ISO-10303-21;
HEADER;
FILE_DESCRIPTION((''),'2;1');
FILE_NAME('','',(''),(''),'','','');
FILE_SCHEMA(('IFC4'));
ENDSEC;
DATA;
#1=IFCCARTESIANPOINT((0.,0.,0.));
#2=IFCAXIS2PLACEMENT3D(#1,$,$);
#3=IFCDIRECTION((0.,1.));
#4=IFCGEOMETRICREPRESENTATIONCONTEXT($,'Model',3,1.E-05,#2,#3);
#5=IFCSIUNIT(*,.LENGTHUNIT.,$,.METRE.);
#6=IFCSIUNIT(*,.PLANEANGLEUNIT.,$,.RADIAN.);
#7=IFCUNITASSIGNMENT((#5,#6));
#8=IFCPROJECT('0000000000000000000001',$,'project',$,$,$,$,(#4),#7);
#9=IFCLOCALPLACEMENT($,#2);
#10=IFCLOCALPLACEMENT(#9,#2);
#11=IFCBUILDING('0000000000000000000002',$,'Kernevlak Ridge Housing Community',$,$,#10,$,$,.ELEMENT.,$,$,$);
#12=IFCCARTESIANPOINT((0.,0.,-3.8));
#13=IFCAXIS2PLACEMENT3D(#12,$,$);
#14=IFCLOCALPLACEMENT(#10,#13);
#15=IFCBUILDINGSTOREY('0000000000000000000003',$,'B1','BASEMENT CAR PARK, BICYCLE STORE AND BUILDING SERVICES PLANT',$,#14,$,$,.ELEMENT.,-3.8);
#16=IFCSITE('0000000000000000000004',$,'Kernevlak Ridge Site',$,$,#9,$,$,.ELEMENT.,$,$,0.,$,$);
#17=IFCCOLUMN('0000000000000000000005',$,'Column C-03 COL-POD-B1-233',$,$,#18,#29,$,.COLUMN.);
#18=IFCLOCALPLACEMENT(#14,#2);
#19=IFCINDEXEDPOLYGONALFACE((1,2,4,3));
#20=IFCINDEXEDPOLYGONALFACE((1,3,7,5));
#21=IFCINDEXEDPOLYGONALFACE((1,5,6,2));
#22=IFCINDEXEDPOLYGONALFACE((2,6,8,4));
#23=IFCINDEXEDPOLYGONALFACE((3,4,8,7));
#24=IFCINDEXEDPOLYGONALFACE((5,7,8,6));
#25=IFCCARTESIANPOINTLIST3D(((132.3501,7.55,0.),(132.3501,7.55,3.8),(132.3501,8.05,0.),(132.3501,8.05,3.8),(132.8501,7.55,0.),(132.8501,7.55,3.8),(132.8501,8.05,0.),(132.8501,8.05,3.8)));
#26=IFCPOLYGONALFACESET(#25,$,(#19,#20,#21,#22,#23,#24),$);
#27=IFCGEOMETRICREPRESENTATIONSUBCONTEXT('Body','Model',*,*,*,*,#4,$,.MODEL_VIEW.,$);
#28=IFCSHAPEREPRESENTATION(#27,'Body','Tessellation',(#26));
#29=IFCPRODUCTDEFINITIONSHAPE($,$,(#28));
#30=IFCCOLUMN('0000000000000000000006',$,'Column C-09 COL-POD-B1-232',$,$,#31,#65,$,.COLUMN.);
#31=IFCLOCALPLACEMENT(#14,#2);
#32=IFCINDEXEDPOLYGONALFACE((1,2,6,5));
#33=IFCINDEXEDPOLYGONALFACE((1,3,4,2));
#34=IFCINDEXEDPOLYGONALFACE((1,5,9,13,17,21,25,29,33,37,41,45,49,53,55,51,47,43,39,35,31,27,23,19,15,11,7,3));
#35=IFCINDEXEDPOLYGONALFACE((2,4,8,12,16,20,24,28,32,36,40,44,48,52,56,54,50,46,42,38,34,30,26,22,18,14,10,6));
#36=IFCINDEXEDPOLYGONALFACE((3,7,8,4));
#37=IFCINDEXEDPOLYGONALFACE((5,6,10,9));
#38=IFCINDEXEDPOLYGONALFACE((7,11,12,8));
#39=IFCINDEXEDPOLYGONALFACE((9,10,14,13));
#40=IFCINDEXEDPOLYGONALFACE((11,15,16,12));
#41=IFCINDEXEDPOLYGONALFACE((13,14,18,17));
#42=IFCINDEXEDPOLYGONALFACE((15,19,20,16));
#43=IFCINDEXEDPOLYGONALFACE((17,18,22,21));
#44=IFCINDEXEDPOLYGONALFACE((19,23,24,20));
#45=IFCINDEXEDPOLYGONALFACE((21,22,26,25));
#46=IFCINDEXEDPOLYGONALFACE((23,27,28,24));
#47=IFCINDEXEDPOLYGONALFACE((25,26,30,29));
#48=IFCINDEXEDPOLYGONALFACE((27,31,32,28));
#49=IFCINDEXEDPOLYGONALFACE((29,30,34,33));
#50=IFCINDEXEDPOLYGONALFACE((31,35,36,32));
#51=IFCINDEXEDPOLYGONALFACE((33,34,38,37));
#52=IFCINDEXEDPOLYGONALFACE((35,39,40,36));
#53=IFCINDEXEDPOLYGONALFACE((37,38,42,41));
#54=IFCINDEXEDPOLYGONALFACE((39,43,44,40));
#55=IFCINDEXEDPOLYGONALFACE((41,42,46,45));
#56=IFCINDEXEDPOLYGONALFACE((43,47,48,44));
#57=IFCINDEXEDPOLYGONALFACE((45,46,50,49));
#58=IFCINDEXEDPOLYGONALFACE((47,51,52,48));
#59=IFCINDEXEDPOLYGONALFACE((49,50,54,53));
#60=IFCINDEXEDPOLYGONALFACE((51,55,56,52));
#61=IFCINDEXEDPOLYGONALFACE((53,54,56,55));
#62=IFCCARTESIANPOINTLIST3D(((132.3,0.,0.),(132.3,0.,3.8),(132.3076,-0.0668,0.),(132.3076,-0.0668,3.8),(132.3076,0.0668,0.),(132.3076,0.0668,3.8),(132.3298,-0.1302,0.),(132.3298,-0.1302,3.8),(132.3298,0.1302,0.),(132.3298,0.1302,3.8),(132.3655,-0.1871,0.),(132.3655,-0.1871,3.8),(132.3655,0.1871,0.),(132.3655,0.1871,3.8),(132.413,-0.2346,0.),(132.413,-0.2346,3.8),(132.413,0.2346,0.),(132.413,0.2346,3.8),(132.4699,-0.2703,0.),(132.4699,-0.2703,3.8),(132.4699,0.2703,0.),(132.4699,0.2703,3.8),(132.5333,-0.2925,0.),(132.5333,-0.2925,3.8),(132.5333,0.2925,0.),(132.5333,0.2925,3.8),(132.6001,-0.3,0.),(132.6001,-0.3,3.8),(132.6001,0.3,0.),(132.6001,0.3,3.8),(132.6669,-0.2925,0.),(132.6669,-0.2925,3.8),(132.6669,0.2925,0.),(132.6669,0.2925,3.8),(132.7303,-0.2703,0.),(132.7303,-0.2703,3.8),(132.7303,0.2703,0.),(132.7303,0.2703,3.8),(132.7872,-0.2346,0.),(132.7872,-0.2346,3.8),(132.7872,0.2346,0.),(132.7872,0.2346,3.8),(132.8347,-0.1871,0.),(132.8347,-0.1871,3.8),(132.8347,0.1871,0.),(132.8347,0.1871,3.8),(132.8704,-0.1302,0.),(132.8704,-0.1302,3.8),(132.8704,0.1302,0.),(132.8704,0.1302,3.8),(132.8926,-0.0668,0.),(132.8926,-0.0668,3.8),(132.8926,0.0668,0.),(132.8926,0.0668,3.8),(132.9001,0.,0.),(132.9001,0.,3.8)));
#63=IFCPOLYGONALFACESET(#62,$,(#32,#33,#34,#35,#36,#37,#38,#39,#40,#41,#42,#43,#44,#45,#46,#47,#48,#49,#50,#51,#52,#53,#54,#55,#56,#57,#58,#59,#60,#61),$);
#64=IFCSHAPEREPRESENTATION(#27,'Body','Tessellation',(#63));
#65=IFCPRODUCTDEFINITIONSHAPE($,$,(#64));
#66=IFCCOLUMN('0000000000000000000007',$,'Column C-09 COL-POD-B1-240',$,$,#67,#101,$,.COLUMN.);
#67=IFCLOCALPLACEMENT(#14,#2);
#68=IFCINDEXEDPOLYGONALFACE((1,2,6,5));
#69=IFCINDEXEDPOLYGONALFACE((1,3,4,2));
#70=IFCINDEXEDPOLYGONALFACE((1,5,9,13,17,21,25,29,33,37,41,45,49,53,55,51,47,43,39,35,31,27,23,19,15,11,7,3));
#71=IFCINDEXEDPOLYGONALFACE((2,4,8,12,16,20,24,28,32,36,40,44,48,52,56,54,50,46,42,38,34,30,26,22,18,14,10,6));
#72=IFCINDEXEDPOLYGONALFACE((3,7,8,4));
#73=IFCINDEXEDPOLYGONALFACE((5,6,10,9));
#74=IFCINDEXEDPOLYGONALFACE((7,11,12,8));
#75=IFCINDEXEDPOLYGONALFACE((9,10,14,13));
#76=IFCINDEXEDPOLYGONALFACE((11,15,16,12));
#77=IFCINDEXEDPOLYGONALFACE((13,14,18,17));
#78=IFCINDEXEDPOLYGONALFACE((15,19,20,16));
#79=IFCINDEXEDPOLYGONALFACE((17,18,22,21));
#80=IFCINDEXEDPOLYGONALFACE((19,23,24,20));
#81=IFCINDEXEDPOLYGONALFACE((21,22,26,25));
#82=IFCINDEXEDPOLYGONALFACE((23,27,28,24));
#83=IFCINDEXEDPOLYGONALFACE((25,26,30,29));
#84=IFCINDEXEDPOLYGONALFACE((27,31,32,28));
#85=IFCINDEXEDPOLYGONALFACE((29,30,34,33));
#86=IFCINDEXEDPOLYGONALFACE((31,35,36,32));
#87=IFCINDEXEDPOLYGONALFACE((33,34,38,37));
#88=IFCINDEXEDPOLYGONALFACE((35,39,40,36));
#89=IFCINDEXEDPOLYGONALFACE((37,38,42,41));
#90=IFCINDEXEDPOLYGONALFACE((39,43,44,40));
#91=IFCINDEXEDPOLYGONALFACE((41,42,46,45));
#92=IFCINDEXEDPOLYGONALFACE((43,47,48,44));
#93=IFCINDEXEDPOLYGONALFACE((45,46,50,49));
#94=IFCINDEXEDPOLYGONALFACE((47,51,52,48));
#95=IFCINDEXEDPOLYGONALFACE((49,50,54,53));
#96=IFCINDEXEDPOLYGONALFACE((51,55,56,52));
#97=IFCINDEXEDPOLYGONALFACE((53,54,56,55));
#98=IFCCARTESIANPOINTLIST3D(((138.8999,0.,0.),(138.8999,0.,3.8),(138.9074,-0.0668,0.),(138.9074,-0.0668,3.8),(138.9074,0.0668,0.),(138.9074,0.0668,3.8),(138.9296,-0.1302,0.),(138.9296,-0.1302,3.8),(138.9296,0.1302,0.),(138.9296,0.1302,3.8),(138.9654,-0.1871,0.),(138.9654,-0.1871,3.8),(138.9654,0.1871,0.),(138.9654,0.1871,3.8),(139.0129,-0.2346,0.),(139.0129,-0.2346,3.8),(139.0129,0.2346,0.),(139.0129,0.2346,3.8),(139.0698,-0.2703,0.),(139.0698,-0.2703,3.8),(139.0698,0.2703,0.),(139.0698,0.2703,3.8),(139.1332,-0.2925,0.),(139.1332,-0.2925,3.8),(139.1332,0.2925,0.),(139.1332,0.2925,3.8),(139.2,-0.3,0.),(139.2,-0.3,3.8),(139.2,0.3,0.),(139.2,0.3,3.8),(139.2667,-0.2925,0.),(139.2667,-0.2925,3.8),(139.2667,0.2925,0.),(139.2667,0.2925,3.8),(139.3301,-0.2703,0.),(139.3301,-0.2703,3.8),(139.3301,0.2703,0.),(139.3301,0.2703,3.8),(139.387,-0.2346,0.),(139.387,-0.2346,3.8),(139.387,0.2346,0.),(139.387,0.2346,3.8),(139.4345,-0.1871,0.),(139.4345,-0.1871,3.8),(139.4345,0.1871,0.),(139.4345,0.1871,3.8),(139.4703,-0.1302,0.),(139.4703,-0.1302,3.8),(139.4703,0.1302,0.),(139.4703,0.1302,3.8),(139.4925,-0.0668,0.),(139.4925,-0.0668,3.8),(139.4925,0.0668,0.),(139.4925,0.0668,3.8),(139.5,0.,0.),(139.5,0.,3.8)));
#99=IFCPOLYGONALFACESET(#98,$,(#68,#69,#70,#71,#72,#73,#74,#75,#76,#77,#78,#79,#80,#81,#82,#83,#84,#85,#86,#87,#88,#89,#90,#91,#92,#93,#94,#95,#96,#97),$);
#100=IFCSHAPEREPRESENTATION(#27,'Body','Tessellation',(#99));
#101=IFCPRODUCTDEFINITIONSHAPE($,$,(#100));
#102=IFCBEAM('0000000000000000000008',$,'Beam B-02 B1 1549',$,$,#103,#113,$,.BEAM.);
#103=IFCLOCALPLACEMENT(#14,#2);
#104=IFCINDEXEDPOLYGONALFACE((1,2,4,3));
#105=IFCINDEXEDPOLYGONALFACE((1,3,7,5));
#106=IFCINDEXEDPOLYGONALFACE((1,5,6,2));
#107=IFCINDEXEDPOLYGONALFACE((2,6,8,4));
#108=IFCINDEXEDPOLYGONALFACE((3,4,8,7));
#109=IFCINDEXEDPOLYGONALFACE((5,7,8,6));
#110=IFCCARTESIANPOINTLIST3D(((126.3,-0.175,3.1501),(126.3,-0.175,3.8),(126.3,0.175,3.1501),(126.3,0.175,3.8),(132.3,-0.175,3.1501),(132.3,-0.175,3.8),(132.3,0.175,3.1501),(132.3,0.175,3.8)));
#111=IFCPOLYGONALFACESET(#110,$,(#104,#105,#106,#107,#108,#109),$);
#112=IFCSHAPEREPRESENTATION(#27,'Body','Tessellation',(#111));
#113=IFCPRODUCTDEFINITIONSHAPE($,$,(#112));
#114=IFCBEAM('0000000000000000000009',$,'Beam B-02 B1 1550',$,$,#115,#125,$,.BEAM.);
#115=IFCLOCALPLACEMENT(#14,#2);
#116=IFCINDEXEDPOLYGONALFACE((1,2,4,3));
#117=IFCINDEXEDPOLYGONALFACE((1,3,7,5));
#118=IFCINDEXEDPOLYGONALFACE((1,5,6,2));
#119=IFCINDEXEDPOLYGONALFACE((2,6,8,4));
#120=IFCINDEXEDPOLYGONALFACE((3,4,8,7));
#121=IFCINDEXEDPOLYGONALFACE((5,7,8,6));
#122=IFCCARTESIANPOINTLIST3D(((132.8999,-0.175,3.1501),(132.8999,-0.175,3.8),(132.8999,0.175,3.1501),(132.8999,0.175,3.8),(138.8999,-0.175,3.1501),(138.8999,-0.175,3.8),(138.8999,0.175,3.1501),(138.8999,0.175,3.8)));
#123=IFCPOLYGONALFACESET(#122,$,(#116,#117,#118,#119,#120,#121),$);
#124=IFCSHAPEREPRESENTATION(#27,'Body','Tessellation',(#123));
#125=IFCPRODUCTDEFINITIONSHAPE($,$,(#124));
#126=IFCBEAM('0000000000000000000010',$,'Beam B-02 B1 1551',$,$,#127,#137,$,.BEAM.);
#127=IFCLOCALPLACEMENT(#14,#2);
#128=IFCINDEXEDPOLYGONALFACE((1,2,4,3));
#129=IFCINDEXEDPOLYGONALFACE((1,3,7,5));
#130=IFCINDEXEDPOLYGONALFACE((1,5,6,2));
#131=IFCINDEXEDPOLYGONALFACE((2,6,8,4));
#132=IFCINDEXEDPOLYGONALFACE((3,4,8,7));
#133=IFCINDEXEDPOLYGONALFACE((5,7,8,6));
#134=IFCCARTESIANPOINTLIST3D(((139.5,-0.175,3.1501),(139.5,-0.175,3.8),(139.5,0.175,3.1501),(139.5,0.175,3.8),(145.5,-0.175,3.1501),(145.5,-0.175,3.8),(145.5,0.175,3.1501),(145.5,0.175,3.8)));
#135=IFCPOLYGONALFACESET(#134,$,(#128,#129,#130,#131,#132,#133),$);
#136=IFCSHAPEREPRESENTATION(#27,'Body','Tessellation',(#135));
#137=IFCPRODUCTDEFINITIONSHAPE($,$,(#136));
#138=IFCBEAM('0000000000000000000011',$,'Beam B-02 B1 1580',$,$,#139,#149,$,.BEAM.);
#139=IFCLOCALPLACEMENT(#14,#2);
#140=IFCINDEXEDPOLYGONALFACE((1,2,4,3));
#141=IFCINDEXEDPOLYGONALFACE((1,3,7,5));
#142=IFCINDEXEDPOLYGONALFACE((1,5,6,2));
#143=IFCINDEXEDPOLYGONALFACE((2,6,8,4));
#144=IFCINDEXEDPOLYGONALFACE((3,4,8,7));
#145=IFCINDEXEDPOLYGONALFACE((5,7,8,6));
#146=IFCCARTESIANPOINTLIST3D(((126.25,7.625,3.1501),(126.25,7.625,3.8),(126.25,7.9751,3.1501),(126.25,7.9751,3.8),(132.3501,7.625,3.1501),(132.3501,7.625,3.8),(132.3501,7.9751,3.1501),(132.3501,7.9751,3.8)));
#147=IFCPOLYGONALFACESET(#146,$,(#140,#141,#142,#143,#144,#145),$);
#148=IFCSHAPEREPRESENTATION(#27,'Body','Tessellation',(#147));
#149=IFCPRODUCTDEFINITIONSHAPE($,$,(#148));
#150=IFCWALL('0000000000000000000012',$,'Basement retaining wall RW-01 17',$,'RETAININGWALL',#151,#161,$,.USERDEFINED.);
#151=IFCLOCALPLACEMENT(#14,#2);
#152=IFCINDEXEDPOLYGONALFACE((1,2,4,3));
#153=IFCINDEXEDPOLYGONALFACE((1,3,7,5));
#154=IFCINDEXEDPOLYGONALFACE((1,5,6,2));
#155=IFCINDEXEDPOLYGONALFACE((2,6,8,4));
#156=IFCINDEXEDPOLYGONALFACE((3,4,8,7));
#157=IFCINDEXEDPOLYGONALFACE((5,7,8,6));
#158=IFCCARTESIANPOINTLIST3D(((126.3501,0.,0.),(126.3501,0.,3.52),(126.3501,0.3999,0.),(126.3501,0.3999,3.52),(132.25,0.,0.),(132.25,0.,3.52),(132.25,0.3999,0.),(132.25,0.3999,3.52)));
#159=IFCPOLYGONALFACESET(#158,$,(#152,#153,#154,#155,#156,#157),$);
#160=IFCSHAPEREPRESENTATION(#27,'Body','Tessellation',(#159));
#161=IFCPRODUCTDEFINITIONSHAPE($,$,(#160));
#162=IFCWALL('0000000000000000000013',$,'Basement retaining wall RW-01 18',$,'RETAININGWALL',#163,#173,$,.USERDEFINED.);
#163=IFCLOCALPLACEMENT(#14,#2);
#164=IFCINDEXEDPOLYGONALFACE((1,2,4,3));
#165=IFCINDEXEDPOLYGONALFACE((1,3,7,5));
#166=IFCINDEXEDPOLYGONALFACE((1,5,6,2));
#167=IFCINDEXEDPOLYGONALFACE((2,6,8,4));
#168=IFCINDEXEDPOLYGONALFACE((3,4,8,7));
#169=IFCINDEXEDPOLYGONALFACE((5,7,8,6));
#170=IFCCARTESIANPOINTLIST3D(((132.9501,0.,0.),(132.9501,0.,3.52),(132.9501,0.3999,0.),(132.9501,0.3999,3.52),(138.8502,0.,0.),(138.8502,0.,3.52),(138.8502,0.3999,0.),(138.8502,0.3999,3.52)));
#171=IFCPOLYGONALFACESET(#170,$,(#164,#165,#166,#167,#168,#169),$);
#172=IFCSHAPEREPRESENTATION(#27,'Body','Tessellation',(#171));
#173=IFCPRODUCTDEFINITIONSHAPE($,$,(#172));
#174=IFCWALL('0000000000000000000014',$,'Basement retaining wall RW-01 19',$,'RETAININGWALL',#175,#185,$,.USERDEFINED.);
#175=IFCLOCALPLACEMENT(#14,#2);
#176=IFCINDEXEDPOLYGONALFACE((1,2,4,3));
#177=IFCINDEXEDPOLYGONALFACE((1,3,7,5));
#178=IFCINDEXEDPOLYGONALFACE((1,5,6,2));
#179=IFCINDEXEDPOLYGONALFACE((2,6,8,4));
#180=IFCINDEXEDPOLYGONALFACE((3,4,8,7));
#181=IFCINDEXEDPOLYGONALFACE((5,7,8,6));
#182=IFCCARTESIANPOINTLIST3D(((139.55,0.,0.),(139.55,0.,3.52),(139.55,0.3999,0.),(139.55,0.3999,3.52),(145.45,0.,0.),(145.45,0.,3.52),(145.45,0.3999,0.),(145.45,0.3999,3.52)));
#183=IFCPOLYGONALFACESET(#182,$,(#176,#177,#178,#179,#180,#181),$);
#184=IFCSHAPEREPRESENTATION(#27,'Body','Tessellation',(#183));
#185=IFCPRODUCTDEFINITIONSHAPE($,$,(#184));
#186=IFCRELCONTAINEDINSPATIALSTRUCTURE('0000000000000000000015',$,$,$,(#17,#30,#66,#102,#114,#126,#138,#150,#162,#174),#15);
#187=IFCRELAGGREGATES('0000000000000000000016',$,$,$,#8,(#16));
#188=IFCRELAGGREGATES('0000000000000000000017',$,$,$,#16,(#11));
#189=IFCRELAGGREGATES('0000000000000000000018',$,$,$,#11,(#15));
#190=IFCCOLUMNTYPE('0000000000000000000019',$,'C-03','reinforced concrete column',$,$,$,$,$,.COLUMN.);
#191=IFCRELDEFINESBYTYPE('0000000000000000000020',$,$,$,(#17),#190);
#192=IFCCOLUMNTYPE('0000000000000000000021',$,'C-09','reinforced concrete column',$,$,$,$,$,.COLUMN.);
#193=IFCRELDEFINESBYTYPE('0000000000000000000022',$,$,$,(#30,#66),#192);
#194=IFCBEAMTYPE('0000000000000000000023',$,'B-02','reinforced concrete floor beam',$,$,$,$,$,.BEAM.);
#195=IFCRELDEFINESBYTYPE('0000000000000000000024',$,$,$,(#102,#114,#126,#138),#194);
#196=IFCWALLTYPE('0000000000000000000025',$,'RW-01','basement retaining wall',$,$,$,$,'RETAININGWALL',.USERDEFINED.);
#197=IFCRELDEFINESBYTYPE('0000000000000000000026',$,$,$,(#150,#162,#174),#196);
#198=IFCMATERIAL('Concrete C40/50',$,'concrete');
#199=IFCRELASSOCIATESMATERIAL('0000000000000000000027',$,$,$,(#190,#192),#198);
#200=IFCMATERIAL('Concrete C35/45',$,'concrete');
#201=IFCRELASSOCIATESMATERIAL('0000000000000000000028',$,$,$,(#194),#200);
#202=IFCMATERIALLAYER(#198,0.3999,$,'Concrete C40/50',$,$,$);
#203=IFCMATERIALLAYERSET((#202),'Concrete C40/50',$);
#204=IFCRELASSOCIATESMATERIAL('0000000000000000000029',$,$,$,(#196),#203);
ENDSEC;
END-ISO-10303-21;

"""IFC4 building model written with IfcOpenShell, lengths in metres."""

from ifc_helpers import new_model, si_unit, direction, frame, frame_2d, origin, origin_2d, place, context, subcontext, project, spatial, rectangle, circle, extrude, material, layer, layer_set, material_profile, profile_set, type_object, element, save


model = new_model("IFC4")

# Units and contexts
model_context = context("Model", 3, precision=1e-05, world=origin(), true_north=direction((0.0, 1.0)))
body_context = subcontext(model_context, "Body", "Model", "MODEL_VIEW")
ifc_project = project(units=[si_unit("LENGTHUNIT", "METRE"), si_unit("PLANEANGLEUNIT", "RADIAN")], contexts=[model_context])

# Site, building, storey
site_placement = place(None, origin())
site = spatial("IfcSite", under=ifc_project, at=site_placement, Name="Kernevlak Ridge Site", CompositionType="ELEMENT", RefElevation=0.0)
building_placement = place(site_placement, origin())
building = spatial("IfcBuilding", under=site, at=building_placement, Name="Kernevlak Ridge Housing Community", CompositionType="ELEMENT")
storey_placement = place(building_placement, frame((0.0, 0.0, -3.8)))
storey = spatial("IfcBuildingStorey", under=building, at=storey_placement, Name="B1", Description="BASEMENT CAR PARK, BICYCLE STORE AND BUILDING SERVICES PLANT", CompositionType="ELEMENT", Elevation=-3.8)

# Shared definitions
ifc_material_1 = material(Name="Concrete C35/45", Category="concrete")

# Columns
ifc_material_2 = material(Name="Concrete C40/50", Category="concrete")
ifc_material_profile_1 = material_profile(ifc_material_2, rectangle(XDim=0.5, YDim=0.5, at=origin_2d()), Name="RC 500x500")
ifc_profile_set_1 = profile_set([ifc_material_profile_1], Name="Concrete C40/50")
column_type_1 = type_object("IfcColumnType", Name="C-03", Description="reinforced concrete column", PredefinedType="COLUMN", material=ifc_profile_set_1)
column_placement = place(storey_placement, frame((132.6001, 7.8, 0.0), z_axis=(0.0, 0.0, 1.0), x_axis=(1.0, 0.0, 0.0)))
element("IfcColumn", 1, at=column_placement, inside=storey, type_object=column_type_1, Name="Column C-03 COL-POD-B1-233", PredefinedType="COLUMN", context=body_context, shape_type="SweptSolid", body=[
    extrude(rectangle(XDim=0.5, YDim=0.5, at=origin_2d()), origin(), (0.0, 0.0, 1.0), 3.8),
])
ifc_material_profile_2 = material_profile(ifc_material_2, circle(Radius=0.3, at=origin_2d()), Name="RC D600")
ifc_profile_set_2 = profile_set([ifc_material_profile_2], Name="Concrete C40/50")
column_type_2 = type_object("IfcColumnType", Name="C-09", Description="reinforced concrete column", PredefinedType="COLUMN", material=ifc_profile_set_2)
for number, where, z_axis, x_axis, name in (
    (2, (132.6001, 0.0, 0.0), (0.0, 0.0, 1.0), (1.0, 0.0, 0.0), "Column C-09 COL-POD-B1-232"),
    (3, (139.2, 0.0, 0.0), (0.0, 0.0, 1.0), (1.0, 0.0, 0.0), "Column C-09 COL-POD-B1-240"),
):
    element("IfcColumn", number, at=place(storey_placement, frame(where, z_axis=z_axis, x_axis=x_axis)), inside=storey, type_object=column_type_2, Name=name, PredefinedType="COLUMN", context=body_context, shape_type="SweptSolid", body=[
        extrude(circle(Radius=0.3, at=origin_2d()), origin(), (0.0, 0.0, 1.0), 3.8),
    ])

# Beams
ifc_material_profile_3 = material_profile(ifc_material_1, rectangle(XDim=0.3501, YDim=0.6499, at=origin_2d()), Name="RC 350x650")
ifc_profile_set_3 = profile_set([ifc_material_profile_3], Name="Concrete C35/45")
beam_type = type_object("IfcBeamType", Name="B-02", Description="reinforced concrete floor beam", PredefinedType="BEAM", material=ifc_profile_set_3)
for number, where, z_axis, x_axis, name in (
    (4, (126.3, 0.0, 3.4751), (1.0, 0.0, 0.0), (0.0, 1.0, 0.0), "Beam B-02 B1 1549"),
    (5, (132.8999, 0.0, 3.4751), (1.0, 0.0, 0.0), (0.0, 1.0, 0.0), "Beam B-02 B1 1550"),
    (6, (139.5, 0.0, 3.4751), (1.0, 0.0, 0.0), (0.0, 1.0, 0.0), "Beam B-02 B1 1551"),
):
    element("IfcBeam", number, at=place(storey_placement, frame(where, z_axis=z_axis, x_axis=x_axis)), inside=storey, type_object=beam_type, Name=name, PredefinedType="BEAM", context=body_context, shape_type="SweptSolid", body=[
        extrude(rectangle(XDim=0.3501, YDim=0.6499, at=origin_2d()), origin(), (0.0, 0.0, 1.0), 6.0),
    ])
beam_placement = place(storey_placement, frame((126.25, 7.8, 3.4751), z_axis=(1.0, 0.0, 0.0), x_axis=(0.0, 1.0, 0.0)))
element("IfcBeam", 7, at=beam_placement, inside=storey, type_object=beam_type, Name="Beam B-02 B1 1580", PredefinedType="BEAM", context=body_context, shape_type="SweptSolid", body=[
    extrude(rectangle(XDim=0.3501, YDim=0.6499, at=origin_2d()), origin(), (0.0, 0.0, 1.0), 6.1001),
])

# Walls
ifc_layer = layer(ifc_material_2, 0.3999, Name="Concrete C40/50")
ifc_layer_set = layer_set([ifc_layer], Name="Concrete C40/50")
wall_type = type_object("IfcWallType", Name="RW-01", Description="basement retaining wall", ElementType="RETAININGWALL", PredefinedType="USERDEFINED", material=ifc_layer_set)
wall_1_placement = place(storey_placement, frame((126.3501, 0.2, 0.0), z_axis=(0.0, 0.0, 1.0), x_axis=(1.0, 0.0, 0.0)))
element("IfcWall", 8, at=wall_1_placement, inside=storey, type_object=wall_type, Name="Basement retaining wall RW-01 17", ObjectType="RETAININGWALL", PredefinedType="USERDEFINED", context=body_context, shape_type="SweptSolid", body=[
    extrude(rectangle(XDim=5.8999, YDim=0.3999, at=frame_2d((2.95, 0.0))), origin(), (0.0, 0.0, 1.0), 3.52),
])
wall_2_placement = place(storey_placement, frame((132.95, 0.2, 0.0), z_axis=(0.0, 0.0, 1.0), x_axis=(1.0, 0.0, 0.0)))
element("IfcWall", 9, at=wall_2_placement, inside=storey, type_object=wall_type, Name="Basement retaining wall RW-01 18", ObjectType="RETAININGWALL", PredefinedType="USERDEFINED", context=body_context, shape_type="SweptSolid", body=[
    extrude(rectangle(XDim=5.9001, YDim=0.3999, at=frame_2d((2.9502, 0.0))), origin(), (0.0, 0.0, 1.0), 3.52),
])
wall_3_placement = place(storey_placement, frame((139.55, 0.2, 0.0), z_axis=(0.0, 0.0, 1.0), x_axis=(1.0, 0.0, 0.0)))
element("IfcWall", 10, at=wall_3_placement, inside=storey, type_object=wall_type, Name="Basement retaining wall RW-01 19", ObjectType="RETAININGWALL", PredefinedType="USERDEFINED", context=body_context, shape_type="SweptSolid", body=[
    extrude(rectangle(XDim=5.8999, YDim=0.3999, at=frame_2d((2.95, 0.0))), origin(), (0.0, 0.0, 1.0), 3.52),
])

save(model, "model.ifc")
